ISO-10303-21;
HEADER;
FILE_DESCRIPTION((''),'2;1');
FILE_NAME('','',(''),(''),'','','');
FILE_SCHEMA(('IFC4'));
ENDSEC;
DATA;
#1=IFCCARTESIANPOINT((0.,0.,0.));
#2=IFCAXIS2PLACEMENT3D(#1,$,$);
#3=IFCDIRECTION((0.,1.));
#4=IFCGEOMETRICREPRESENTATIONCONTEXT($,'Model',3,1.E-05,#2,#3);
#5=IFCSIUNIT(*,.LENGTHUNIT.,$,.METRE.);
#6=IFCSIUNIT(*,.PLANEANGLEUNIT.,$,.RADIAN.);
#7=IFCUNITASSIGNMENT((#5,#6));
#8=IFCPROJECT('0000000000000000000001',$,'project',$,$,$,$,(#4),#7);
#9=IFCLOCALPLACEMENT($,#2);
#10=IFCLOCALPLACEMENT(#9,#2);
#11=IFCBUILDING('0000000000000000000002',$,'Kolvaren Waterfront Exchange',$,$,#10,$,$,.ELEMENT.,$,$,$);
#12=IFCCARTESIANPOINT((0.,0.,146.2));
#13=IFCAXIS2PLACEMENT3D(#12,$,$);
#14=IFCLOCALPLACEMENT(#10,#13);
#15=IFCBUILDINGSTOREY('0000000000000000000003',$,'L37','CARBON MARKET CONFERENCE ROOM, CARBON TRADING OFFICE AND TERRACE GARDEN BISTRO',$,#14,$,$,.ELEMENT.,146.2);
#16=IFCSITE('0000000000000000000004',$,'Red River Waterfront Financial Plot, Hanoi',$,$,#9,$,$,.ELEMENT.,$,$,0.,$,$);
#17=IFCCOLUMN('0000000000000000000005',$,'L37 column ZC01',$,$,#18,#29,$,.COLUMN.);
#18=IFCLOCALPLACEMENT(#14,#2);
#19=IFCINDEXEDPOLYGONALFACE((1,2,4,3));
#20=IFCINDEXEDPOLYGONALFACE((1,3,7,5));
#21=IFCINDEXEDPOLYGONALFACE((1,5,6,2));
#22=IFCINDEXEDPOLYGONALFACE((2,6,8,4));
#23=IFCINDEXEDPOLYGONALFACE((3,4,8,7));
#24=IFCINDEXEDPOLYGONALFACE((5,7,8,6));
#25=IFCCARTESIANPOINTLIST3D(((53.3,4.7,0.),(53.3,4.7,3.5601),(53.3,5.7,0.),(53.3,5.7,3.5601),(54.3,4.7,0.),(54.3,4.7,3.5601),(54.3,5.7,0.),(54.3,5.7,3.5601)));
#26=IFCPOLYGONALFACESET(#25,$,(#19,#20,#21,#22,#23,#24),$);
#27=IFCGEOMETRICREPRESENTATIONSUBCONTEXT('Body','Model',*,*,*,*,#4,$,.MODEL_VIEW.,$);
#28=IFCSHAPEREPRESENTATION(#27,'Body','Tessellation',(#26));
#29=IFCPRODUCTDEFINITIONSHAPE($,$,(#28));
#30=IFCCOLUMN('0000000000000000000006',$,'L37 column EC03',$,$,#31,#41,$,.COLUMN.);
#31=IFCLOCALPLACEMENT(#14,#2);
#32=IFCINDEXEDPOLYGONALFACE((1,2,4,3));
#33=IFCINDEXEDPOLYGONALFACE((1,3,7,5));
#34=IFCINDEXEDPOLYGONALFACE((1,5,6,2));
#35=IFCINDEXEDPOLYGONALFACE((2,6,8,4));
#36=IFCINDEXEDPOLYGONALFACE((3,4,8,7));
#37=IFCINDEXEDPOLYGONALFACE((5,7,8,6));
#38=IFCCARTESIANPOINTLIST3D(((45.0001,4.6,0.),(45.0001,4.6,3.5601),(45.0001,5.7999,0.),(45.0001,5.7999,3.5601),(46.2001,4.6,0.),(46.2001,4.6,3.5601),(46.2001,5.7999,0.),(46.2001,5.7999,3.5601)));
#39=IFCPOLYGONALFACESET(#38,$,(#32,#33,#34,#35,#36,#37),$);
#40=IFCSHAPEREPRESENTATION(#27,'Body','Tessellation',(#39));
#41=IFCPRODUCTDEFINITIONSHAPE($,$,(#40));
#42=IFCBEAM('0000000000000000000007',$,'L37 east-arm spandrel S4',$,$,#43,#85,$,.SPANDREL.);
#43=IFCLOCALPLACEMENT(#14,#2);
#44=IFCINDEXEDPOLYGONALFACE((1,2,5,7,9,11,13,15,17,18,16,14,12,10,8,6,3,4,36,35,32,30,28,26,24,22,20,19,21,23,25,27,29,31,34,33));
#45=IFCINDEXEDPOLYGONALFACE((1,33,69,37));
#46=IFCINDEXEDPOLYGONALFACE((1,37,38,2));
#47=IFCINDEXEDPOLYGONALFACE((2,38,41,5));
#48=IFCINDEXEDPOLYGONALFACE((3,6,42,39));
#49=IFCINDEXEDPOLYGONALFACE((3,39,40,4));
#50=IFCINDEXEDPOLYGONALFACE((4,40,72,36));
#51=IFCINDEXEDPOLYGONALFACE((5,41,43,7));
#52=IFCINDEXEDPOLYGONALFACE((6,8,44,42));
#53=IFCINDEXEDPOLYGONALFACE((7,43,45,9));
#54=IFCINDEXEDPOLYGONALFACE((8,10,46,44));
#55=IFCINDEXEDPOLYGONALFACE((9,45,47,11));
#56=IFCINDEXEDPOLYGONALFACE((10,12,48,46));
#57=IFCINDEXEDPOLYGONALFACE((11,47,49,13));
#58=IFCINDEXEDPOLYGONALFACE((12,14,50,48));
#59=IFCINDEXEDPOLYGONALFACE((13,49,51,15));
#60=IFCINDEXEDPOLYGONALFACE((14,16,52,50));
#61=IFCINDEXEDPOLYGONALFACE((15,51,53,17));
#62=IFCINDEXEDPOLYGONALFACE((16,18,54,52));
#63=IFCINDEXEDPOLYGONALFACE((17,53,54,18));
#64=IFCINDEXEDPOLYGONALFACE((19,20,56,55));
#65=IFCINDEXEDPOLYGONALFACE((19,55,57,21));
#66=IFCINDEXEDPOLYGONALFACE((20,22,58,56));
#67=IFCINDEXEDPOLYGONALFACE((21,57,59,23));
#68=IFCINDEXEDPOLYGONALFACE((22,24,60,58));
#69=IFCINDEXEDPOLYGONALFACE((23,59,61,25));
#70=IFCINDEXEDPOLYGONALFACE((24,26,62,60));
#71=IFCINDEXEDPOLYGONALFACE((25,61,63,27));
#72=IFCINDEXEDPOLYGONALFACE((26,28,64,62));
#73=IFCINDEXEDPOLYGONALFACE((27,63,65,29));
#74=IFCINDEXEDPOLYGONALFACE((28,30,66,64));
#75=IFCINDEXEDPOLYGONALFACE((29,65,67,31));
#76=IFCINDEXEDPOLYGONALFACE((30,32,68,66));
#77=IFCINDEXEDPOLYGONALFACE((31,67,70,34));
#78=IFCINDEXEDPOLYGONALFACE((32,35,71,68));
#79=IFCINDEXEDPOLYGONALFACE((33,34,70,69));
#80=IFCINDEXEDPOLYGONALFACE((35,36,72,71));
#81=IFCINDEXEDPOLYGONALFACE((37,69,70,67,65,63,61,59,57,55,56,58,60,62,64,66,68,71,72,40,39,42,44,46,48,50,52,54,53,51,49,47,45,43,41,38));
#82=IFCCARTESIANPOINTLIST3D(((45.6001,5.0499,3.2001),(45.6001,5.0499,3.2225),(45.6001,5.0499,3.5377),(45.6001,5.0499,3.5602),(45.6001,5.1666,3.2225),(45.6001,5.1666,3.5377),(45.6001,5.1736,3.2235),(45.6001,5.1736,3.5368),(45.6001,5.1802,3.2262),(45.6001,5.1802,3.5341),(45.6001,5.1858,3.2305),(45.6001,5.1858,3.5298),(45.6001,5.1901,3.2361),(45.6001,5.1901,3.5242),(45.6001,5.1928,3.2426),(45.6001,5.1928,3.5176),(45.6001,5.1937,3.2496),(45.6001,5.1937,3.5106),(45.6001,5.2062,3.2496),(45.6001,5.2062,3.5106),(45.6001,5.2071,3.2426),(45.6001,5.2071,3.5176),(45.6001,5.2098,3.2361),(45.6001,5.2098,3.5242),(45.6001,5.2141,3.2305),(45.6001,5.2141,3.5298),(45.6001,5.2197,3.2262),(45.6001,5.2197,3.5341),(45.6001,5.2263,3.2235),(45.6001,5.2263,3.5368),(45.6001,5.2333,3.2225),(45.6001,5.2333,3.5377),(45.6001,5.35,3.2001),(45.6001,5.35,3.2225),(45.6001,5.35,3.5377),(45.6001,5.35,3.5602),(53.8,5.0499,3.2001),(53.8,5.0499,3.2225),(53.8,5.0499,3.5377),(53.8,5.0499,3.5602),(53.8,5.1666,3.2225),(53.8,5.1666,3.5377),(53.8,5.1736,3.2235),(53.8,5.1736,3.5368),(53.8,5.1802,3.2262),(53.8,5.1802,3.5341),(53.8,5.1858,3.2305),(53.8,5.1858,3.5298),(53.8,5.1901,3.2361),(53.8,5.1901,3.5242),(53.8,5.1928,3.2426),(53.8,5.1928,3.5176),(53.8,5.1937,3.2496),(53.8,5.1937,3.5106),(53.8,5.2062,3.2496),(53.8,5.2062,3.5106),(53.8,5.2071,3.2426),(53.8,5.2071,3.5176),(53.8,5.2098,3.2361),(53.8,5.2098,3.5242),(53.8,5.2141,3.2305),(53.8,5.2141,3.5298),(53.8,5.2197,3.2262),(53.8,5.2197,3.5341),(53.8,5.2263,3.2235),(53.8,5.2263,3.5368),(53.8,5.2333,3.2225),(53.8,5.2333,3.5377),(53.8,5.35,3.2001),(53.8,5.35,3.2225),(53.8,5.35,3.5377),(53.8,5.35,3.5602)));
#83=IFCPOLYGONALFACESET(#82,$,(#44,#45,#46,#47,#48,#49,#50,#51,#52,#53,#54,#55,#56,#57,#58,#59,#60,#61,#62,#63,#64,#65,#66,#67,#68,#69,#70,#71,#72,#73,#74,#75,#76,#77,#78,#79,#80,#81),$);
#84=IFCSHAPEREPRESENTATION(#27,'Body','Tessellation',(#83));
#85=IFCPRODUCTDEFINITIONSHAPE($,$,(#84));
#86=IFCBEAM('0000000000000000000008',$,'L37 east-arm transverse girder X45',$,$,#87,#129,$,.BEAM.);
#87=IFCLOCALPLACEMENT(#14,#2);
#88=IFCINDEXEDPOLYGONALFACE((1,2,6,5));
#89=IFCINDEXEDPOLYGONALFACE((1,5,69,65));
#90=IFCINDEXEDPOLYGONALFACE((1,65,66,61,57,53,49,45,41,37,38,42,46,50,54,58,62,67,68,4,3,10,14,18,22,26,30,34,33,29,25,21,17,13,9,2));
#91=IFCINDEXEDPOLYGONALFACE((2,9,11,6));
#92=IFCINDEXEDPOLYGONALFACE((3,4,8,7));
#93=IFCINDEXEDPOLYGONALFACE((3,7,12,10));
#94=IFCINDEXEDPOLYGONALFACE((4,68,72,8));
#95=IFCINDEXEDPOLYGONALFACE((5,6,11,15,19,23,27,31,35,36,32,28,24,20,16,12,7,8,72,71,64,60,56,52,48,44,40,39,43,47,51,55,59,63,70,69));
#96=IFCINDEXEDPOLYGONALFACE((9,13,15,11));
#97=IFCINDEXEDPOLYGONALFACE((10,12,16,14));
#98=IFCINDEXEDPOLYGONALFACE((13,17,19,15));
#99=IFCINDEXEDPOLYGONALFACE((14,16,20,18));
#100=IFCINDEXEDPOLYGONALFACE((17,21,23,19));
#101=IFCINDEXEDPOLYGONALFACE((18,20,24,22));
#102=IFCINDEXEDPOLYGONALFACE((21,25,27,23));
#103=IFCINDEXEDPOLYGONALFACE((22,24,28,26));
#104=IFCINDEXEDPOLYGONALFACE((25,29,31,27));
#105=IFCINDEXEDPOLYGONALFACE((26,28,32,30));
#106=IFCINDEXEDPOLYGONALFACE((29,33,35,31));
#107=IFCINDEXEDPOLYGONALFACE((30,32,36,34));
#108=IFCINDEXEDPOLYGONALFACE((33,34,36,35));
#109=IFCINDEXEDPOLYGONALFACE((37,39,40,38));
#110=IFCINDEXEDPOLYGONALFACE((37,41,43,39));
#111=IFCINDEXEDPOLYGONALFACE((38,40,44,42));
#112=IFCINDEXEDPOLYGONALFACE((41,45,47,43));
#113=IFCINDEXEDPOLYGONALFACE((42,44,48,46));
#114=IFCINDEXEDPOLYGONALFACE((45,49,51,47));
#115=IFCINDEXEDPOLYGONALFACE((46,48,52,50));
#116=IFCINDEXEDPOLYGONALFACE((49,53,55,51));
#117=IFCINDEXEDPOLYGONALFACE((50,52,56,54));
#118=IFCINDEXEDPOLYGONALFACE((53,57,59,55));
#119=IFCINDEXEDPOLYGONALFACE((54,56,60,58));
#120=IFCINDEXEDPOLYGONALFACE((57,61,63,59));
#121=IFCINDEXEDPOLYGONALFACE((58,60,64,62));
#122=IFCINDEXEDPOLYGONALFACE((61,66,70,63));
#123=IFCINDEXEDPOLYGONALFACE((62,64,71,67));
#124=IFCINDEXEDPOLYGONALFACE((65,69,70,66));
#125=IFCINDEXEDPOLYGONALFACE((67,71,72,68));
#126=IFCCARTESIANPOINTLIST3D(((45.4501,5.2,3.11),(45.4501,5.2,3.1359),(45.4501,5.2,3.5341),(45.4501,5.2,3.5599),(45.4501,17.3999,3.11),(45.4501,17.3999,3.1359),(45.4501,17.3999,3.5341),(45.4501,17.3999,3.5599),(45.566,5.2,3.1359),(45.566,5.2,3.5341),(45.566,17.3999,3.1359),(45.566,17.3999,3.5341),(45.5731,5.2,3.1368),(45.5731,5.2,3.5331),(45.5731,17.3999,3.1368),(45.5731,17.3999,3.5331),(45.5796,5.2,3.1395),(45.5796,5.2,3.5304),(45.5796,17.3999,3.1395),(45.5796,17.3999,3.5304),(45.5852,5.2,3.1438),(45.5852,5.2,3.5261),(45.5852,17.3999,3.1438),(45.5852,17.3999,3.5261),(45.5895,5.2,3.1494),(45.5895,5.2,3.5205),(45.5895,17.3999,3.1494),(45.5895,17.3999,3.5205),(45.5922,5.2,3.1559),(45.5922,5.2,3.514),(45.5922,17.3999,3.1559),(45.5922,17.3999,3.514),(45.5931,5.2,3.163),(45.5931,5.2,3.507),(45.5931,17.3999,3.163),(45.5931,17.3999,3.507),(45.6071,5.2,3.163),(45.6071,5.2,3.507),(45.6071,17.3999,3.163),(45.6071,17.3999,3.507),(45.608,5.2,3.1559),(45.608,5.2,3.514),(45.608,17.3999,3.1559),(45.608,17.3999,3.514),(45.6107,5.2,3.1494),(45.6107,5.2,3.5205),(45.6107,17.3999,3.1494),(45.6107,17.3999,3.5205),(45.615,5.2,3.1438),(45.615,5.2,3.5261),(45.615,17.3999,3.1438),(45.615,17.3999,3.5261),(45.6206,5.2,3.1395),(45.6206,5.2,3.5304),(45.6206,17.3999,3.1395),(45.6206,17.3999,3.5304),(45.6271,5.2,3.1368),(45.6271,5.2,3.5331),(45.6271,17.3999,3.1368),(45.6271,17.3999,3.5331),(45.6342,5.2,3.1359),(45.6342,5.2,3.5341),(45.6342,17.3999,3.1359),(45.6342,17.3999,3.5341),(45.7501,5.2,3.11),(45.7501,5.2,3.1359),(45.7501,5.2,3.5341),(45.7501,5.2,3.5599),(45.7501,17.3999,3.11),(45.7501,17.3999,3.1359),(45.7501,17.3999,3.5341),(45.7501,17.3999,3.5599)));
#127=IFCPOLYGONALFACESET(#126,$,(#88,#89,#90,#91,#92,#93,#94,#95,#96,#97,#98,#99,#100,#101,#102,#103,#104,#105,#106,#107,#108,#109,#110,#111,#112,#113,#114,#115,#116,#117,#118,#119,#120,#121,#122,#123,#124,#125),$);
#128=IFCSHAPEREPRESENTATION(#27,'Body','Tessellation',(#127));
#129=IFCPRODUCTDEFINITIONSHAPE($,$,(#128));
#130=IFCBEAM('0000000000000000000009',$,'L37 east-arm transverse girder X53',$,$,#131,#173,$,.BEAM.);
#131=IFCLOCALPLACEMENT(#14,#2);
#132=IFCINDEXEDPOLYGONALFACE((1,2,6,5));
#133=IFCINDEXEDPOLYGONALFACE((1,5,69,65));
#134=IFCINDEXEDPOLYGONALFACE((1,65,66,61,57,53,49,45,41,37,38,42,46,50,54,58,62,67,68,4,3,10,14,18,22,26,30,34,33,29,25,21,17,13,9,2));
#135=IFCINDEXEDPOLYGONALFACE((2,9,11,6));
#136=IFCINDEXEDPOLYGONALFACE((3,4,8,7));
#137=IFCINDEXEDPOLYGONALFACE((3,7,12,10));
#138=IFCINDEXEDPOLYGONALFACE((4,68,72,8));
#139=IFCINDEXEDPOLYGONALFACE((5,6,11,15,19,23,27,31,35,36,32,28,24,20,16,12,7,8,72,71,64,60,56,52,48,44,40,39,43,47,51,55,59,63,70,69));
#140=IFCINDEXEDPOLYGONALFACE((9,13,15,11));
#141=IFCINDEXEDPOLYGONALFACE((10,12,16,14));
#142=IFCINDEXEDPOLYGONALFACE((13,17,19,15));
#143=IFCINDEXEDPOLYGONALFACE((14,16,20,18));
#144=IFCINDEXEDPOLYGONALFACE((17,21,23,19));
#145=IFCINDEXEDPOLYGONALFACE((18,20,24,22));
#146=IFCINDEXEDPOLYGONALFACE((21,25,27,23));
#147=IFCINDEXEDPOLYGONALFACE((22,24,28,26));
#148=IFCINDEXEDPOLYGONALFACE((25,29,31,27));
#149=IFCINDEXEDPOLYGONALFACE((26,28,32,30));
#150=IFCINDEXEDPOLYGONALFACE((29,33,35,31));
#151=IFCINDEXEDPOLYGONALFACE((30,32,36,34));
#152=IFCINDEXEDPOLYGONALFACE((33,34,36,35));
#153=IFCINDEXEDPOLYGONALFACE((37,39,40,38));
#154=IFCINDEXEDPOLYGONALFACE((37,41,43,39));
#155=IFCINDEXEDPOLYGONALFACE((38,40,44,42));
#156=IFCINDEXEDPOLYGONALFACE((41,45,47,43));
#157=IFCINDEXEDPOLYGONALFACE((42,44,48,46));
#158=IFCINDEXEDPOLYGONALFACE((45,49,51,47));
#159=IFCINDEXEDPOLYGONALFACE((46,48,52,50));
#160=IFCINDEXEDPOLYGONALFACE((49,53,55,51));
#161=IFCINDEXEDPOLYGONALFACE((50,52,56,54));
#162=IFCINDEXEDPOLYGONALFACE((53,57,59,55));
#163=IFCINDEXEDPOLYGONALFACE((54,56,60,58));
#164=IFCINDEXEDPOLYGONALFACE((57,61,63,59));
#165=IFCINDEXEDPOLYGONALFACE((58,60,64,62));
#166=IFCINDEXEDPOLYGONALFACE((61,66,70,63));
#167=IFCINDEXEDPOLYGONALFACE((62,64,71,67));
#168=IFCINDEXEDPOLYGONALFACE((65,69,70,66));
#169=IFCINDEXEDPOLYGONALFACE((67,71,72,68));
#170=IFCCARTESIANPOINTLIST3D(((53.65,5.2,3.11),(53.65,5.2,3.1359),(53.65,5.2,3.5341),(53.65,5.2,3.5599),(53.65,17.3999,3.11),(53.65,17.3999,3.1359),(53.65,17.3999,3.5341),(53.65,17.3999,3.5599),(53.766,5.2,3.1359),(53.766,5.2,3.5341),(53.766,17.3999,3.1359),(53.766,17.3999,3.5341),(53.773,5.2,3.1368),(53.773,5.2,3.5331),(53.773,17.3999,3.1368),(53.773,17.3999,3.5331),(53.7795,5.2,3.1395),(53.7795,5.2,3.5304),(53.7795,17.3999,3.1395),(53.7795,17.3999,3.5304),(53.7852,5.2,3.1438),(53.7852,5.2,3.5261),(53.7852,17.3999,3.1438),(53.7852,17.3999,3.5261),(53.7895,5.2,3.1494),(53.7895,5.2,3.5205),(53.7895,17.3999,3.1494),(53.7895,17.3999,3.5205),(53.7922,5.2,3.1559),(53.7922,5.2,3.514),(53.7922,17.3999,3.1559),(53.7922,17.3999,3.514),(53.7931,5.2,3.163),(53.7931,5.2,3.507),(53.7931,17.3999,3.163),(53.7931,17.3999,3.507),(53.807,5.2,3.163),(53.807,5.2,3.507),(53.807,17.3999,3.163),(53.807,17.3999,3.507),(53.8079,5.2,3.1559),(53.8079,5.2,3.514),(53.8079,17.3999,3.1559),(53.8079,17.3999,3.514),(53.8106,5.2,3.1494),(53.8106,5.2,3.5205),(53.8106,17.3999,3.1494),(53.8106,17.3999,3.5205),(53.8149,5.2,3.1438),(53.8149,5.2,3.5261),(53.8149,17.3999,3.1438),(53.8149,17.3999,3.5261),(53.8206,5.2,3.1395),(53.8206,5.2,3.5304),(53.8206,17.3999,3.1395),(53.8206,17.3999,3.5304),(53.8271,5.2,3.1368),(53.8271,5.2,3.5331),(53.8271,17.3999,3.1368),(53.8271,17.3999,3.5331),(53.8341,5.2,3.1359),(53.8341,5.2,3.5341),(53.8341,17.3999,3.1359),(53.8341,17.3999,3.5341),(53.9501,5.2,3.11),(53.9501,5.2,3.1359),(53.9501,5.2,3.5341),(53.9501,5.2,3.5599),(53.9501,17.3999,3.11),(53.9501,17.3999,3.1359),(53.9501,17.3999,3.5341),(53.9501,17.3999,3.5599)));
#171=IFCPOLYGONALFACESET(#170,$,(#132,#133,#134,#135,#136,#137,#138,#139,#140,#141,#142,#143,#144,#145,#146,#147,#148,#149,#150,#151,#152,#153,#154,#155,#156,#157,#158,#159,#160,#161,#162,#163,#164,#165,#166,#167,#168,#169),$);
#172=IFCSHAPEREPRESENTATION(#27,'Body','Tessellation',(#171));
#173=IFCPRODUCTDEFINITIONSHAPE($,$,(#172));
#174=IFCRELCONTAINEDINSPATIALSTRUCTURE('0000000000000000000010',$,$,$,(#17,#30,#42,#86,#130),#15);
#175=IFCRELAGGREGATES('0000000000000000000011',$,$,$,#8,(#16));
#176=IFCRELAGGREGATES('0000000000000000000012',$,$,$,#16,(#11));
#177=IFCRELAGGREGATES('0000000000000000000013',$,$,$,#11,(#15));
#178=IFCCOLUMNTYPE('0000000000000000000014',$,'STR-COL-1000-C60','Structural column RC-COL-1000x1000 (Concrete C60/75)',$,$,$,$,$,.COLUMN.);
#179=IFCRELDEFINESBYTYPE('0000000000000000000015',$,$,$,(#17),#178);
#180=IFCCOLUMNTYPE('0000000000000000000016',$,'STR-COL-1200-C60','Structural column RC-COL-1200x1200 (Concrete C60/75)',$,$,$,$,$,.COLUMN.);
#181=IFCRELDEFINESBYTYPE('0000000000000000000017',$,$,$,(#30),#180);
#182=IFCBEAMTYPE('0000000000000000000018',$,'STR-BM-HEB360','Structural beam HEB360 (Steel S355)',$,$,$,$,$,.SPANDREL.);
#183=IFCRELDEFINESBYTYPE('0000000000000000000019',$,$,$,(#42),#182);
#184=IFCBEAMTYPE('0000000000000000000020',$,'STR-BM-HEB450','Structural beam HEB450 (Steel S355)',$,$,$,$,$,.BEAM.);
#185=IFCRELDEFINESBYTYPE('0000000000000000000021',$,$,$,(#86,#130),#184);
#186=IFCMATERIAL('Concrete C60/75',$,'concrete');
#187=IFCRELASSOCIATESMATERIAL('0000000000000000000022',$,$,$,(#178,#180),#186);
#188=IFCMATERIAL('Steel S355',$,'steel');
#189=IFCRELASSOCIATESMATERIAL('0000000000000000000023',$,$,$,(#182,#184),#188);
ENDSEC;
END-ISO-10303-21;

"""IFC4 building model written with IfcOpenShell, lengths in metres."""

from ifc_helpers import new_model, si_unit, direction, frame, origin, origin_2d, place, context, subcontext, project, spatial, rectangle, i_section, extrude, material, material_profile, profile_set, type_object, element, save


model = new_model("IFC4")

# Units and contexts
model_context = context("Model", 3, precision=1e-05, world=origin(), true_north=direction((0.0, 1.0)))
body_context = subcontext(model_context, "Body", "Model", "MODEL_VIEW")
ifc_project = project(units=[si_unit("LENGTHUNIT", "METRE"), si_unit("PLANEANGLEUNIT", "RADIAN")], contexts=[model_context])

# Site, building, storey
site_placement = place(None, origin())
site = spatial("IfcSite", under=ifc_project, at=site_placement, Name="Red River Waterfront Financial Plot, Hanoi", CompositionType="ELEMENT", RefElevation=0.0)
building_placement = place(site_placement, origin())
building = spatial("IfcBuilding", under=site, at=building_placement, Name="Kolvaren Waterfront Exchange", CompositionType="ELEMENT")
storey_placement = place(building_placement, frame((0.0, 0.0, 146.2)))
storey = spatial("IfcBuildingStorey", under=building, at=storey_placement, Name="L37", Description="CARBON MARKET CONFERENCE ROOM, CARBON TRADING OFFICE AND TERRACE GARDEN BISTRO", CompositionType="ELEMENT", Elevation=146.2)

# Columns
ifc_material_1 = material(Name="Concrete C60/75", Category="concrete")
ifc_material_profile_1 = material_profile(ifc_material_1, rectangle(XDim=1.0, YDim=1.0, at=origin_2d()), Name="RC-COL-1000x1000")
ifc_profile_set_1 = profile_set([ifc_material_profile_1], Name="Concrete C60/75")
column_type_1 = type_object("IfcColumnType", Name="STR-COL-1000-C60", Description="Structural column RC-COL-1000x1000 (Concrete C60/75)", PredefinedType="COLUMN", material=ifc_profile_set_1)
column_1_placement = place(storey_placement, frame((53.8, 5.2, 0.0), z_axis=(0.0, 0.0, 1.0), x_axis=(1.0, 0.0, 0.0)))
element("IfcColumn", 1, at=column_1_placement, inside=storey, type_object=column_type_1, Name="L37 column ZC01", PredefinedType="COLUMN", context=body_context, shape_type="SweptSolid", body=[
    extrude(rectangle(XDim=1.0, YDim=1.0, at=origin_2d()), origin(), (0.0, 0.0, 1.0), 3.5601),
])
ifc_material_profile_2 = material_profile(ifc_material_1, rectangle(XDim=1.2, YDim=1.2, at=origin_2d()), Name="RC-COL-1200x1200")
ifc_profile_set_2 = profile_set([ifc_material_profile_2], Name="Concrete C60/75")
column_type_2 = type_object("IfcColumnType", Name="STR-COL-1200-C60", Description="Structural column RC-COL-1200x1200 (Concrete C60/75)", PredefinedType="COLUMN", material=ifc_profile_set_2)
column_2_placement = place(storey_placement, frame((45.6001, 5.2, 0.0), z_axis=(0.0, 0.0, 1.0), x_axis=(1.0, 0.0, 0.0)))
element("IfcColumn", 2, at=column_2_placement, inside=storey, type_object=column_type_2, Name="L37 column EC03", PredefinedType="COLUMN", context=body_context, shape_type="SweptSolid", body=[
    extrude(rectangle(XDim=1.2, YDim=1.2, at=origin_2d()), origin(), (0.0, 0.0, 1.0), 3.5601),
])

# Beams
ifc_material_2 = material(Name="Steel S355", Category="steel")
ifc_material_profile_3 = material_profile(ifc_material_2, i_section(OverallWidth=0.3, OverallDepth=0.3601, WebThickness=0.0125, FlangeThickness=0.0225, FilletRadius=0.0271, at=origin_2d()), Name="HEB360")
ifc_profile_set_3 = profile_set([ifc_material_profile_3], Name="Steel S355")
beam_type_1 = type_object("IfcBeamType", Name="STR-BM-HEB360", Description="Structural beam HEB360 (Steel S355)", PredefinedType="SPANDREL", material=ifc_profile_set_3)
beam_1_placement = place(storey_placement, frame((45.6001, 5.2, 3.3801), z_axis=(1.0, 0.0, 0.0), x_axis=(0.0, 1.0, 0.0)))
element("IfcBeam", 3, at=beam_1_placement, inside=storey, type_object=beam_type_1, Name="L37 east-arm spandrel S4", PredefinedType="SPANDREL", context=body_context, shape_type="SweptSolid", body=[
    extrude(i_section(OverallWidth=0.3, OverallDepth=0.3601, WebThickness=0.0125, FlangeThickness=0.0225, FilletRadius=0.0271, at=origin_2d()), origin(), (0.0, 0.0, 1.0), 8.2),
])
ifc_material_profile_4 = material_profile(ifc_material_2, i_section(OverallWidth=0.3, OverallDepth=0.45, WebThickness=0.0139, FlangeThickness=0.0259, FilletRadius=0.0271, at=origin_2d()), Name="HEB450")
ifc_profile_set_4 = profile_set([ifc_material_profile_4], Name="Steel S355")
beam_type_2 = type_object("IfcBeamType", Name="STR-BM-HEB450", Description="Structural beam HEB450 (Steel S355)", PredefinedType="BEAM", material=ifc_profile_set_4)
for number, where, z_axis, x_axis, name in (
    (4, (45.6001, 5.2, 3.335), (0.0, 1.0, 0.0), (-1.0, 0.0, 0.0), "L37 east-arm transverse girder X45"),
    (5, (53.8, 5.2, 3.335), (0.0, 1.0, 0.0), (-1.0, 0.0, 0.0), "L37 east-arm transverse girder X53"),
):
    element("IfcBeam", number, at=place(storey_placement, frame(where, z_axis=z_axis, x_axis=x_axis)), inside=storey, type_object=beam_type_2, Name=name, PredefinedType="BEAM", context=body_context, shape_type="SweptSolid", body=[
        extrude(i_section(OverallWidth=0.3, OverallDepth=0.45, WebThickness=0.0139, FlangeThickness=0.0259, FilletRadius=0.0271, at=origin_2d()), origin(), (0.0, 0.0, 1.0), 12.2),
    ])

save(model, "model.ifc")
